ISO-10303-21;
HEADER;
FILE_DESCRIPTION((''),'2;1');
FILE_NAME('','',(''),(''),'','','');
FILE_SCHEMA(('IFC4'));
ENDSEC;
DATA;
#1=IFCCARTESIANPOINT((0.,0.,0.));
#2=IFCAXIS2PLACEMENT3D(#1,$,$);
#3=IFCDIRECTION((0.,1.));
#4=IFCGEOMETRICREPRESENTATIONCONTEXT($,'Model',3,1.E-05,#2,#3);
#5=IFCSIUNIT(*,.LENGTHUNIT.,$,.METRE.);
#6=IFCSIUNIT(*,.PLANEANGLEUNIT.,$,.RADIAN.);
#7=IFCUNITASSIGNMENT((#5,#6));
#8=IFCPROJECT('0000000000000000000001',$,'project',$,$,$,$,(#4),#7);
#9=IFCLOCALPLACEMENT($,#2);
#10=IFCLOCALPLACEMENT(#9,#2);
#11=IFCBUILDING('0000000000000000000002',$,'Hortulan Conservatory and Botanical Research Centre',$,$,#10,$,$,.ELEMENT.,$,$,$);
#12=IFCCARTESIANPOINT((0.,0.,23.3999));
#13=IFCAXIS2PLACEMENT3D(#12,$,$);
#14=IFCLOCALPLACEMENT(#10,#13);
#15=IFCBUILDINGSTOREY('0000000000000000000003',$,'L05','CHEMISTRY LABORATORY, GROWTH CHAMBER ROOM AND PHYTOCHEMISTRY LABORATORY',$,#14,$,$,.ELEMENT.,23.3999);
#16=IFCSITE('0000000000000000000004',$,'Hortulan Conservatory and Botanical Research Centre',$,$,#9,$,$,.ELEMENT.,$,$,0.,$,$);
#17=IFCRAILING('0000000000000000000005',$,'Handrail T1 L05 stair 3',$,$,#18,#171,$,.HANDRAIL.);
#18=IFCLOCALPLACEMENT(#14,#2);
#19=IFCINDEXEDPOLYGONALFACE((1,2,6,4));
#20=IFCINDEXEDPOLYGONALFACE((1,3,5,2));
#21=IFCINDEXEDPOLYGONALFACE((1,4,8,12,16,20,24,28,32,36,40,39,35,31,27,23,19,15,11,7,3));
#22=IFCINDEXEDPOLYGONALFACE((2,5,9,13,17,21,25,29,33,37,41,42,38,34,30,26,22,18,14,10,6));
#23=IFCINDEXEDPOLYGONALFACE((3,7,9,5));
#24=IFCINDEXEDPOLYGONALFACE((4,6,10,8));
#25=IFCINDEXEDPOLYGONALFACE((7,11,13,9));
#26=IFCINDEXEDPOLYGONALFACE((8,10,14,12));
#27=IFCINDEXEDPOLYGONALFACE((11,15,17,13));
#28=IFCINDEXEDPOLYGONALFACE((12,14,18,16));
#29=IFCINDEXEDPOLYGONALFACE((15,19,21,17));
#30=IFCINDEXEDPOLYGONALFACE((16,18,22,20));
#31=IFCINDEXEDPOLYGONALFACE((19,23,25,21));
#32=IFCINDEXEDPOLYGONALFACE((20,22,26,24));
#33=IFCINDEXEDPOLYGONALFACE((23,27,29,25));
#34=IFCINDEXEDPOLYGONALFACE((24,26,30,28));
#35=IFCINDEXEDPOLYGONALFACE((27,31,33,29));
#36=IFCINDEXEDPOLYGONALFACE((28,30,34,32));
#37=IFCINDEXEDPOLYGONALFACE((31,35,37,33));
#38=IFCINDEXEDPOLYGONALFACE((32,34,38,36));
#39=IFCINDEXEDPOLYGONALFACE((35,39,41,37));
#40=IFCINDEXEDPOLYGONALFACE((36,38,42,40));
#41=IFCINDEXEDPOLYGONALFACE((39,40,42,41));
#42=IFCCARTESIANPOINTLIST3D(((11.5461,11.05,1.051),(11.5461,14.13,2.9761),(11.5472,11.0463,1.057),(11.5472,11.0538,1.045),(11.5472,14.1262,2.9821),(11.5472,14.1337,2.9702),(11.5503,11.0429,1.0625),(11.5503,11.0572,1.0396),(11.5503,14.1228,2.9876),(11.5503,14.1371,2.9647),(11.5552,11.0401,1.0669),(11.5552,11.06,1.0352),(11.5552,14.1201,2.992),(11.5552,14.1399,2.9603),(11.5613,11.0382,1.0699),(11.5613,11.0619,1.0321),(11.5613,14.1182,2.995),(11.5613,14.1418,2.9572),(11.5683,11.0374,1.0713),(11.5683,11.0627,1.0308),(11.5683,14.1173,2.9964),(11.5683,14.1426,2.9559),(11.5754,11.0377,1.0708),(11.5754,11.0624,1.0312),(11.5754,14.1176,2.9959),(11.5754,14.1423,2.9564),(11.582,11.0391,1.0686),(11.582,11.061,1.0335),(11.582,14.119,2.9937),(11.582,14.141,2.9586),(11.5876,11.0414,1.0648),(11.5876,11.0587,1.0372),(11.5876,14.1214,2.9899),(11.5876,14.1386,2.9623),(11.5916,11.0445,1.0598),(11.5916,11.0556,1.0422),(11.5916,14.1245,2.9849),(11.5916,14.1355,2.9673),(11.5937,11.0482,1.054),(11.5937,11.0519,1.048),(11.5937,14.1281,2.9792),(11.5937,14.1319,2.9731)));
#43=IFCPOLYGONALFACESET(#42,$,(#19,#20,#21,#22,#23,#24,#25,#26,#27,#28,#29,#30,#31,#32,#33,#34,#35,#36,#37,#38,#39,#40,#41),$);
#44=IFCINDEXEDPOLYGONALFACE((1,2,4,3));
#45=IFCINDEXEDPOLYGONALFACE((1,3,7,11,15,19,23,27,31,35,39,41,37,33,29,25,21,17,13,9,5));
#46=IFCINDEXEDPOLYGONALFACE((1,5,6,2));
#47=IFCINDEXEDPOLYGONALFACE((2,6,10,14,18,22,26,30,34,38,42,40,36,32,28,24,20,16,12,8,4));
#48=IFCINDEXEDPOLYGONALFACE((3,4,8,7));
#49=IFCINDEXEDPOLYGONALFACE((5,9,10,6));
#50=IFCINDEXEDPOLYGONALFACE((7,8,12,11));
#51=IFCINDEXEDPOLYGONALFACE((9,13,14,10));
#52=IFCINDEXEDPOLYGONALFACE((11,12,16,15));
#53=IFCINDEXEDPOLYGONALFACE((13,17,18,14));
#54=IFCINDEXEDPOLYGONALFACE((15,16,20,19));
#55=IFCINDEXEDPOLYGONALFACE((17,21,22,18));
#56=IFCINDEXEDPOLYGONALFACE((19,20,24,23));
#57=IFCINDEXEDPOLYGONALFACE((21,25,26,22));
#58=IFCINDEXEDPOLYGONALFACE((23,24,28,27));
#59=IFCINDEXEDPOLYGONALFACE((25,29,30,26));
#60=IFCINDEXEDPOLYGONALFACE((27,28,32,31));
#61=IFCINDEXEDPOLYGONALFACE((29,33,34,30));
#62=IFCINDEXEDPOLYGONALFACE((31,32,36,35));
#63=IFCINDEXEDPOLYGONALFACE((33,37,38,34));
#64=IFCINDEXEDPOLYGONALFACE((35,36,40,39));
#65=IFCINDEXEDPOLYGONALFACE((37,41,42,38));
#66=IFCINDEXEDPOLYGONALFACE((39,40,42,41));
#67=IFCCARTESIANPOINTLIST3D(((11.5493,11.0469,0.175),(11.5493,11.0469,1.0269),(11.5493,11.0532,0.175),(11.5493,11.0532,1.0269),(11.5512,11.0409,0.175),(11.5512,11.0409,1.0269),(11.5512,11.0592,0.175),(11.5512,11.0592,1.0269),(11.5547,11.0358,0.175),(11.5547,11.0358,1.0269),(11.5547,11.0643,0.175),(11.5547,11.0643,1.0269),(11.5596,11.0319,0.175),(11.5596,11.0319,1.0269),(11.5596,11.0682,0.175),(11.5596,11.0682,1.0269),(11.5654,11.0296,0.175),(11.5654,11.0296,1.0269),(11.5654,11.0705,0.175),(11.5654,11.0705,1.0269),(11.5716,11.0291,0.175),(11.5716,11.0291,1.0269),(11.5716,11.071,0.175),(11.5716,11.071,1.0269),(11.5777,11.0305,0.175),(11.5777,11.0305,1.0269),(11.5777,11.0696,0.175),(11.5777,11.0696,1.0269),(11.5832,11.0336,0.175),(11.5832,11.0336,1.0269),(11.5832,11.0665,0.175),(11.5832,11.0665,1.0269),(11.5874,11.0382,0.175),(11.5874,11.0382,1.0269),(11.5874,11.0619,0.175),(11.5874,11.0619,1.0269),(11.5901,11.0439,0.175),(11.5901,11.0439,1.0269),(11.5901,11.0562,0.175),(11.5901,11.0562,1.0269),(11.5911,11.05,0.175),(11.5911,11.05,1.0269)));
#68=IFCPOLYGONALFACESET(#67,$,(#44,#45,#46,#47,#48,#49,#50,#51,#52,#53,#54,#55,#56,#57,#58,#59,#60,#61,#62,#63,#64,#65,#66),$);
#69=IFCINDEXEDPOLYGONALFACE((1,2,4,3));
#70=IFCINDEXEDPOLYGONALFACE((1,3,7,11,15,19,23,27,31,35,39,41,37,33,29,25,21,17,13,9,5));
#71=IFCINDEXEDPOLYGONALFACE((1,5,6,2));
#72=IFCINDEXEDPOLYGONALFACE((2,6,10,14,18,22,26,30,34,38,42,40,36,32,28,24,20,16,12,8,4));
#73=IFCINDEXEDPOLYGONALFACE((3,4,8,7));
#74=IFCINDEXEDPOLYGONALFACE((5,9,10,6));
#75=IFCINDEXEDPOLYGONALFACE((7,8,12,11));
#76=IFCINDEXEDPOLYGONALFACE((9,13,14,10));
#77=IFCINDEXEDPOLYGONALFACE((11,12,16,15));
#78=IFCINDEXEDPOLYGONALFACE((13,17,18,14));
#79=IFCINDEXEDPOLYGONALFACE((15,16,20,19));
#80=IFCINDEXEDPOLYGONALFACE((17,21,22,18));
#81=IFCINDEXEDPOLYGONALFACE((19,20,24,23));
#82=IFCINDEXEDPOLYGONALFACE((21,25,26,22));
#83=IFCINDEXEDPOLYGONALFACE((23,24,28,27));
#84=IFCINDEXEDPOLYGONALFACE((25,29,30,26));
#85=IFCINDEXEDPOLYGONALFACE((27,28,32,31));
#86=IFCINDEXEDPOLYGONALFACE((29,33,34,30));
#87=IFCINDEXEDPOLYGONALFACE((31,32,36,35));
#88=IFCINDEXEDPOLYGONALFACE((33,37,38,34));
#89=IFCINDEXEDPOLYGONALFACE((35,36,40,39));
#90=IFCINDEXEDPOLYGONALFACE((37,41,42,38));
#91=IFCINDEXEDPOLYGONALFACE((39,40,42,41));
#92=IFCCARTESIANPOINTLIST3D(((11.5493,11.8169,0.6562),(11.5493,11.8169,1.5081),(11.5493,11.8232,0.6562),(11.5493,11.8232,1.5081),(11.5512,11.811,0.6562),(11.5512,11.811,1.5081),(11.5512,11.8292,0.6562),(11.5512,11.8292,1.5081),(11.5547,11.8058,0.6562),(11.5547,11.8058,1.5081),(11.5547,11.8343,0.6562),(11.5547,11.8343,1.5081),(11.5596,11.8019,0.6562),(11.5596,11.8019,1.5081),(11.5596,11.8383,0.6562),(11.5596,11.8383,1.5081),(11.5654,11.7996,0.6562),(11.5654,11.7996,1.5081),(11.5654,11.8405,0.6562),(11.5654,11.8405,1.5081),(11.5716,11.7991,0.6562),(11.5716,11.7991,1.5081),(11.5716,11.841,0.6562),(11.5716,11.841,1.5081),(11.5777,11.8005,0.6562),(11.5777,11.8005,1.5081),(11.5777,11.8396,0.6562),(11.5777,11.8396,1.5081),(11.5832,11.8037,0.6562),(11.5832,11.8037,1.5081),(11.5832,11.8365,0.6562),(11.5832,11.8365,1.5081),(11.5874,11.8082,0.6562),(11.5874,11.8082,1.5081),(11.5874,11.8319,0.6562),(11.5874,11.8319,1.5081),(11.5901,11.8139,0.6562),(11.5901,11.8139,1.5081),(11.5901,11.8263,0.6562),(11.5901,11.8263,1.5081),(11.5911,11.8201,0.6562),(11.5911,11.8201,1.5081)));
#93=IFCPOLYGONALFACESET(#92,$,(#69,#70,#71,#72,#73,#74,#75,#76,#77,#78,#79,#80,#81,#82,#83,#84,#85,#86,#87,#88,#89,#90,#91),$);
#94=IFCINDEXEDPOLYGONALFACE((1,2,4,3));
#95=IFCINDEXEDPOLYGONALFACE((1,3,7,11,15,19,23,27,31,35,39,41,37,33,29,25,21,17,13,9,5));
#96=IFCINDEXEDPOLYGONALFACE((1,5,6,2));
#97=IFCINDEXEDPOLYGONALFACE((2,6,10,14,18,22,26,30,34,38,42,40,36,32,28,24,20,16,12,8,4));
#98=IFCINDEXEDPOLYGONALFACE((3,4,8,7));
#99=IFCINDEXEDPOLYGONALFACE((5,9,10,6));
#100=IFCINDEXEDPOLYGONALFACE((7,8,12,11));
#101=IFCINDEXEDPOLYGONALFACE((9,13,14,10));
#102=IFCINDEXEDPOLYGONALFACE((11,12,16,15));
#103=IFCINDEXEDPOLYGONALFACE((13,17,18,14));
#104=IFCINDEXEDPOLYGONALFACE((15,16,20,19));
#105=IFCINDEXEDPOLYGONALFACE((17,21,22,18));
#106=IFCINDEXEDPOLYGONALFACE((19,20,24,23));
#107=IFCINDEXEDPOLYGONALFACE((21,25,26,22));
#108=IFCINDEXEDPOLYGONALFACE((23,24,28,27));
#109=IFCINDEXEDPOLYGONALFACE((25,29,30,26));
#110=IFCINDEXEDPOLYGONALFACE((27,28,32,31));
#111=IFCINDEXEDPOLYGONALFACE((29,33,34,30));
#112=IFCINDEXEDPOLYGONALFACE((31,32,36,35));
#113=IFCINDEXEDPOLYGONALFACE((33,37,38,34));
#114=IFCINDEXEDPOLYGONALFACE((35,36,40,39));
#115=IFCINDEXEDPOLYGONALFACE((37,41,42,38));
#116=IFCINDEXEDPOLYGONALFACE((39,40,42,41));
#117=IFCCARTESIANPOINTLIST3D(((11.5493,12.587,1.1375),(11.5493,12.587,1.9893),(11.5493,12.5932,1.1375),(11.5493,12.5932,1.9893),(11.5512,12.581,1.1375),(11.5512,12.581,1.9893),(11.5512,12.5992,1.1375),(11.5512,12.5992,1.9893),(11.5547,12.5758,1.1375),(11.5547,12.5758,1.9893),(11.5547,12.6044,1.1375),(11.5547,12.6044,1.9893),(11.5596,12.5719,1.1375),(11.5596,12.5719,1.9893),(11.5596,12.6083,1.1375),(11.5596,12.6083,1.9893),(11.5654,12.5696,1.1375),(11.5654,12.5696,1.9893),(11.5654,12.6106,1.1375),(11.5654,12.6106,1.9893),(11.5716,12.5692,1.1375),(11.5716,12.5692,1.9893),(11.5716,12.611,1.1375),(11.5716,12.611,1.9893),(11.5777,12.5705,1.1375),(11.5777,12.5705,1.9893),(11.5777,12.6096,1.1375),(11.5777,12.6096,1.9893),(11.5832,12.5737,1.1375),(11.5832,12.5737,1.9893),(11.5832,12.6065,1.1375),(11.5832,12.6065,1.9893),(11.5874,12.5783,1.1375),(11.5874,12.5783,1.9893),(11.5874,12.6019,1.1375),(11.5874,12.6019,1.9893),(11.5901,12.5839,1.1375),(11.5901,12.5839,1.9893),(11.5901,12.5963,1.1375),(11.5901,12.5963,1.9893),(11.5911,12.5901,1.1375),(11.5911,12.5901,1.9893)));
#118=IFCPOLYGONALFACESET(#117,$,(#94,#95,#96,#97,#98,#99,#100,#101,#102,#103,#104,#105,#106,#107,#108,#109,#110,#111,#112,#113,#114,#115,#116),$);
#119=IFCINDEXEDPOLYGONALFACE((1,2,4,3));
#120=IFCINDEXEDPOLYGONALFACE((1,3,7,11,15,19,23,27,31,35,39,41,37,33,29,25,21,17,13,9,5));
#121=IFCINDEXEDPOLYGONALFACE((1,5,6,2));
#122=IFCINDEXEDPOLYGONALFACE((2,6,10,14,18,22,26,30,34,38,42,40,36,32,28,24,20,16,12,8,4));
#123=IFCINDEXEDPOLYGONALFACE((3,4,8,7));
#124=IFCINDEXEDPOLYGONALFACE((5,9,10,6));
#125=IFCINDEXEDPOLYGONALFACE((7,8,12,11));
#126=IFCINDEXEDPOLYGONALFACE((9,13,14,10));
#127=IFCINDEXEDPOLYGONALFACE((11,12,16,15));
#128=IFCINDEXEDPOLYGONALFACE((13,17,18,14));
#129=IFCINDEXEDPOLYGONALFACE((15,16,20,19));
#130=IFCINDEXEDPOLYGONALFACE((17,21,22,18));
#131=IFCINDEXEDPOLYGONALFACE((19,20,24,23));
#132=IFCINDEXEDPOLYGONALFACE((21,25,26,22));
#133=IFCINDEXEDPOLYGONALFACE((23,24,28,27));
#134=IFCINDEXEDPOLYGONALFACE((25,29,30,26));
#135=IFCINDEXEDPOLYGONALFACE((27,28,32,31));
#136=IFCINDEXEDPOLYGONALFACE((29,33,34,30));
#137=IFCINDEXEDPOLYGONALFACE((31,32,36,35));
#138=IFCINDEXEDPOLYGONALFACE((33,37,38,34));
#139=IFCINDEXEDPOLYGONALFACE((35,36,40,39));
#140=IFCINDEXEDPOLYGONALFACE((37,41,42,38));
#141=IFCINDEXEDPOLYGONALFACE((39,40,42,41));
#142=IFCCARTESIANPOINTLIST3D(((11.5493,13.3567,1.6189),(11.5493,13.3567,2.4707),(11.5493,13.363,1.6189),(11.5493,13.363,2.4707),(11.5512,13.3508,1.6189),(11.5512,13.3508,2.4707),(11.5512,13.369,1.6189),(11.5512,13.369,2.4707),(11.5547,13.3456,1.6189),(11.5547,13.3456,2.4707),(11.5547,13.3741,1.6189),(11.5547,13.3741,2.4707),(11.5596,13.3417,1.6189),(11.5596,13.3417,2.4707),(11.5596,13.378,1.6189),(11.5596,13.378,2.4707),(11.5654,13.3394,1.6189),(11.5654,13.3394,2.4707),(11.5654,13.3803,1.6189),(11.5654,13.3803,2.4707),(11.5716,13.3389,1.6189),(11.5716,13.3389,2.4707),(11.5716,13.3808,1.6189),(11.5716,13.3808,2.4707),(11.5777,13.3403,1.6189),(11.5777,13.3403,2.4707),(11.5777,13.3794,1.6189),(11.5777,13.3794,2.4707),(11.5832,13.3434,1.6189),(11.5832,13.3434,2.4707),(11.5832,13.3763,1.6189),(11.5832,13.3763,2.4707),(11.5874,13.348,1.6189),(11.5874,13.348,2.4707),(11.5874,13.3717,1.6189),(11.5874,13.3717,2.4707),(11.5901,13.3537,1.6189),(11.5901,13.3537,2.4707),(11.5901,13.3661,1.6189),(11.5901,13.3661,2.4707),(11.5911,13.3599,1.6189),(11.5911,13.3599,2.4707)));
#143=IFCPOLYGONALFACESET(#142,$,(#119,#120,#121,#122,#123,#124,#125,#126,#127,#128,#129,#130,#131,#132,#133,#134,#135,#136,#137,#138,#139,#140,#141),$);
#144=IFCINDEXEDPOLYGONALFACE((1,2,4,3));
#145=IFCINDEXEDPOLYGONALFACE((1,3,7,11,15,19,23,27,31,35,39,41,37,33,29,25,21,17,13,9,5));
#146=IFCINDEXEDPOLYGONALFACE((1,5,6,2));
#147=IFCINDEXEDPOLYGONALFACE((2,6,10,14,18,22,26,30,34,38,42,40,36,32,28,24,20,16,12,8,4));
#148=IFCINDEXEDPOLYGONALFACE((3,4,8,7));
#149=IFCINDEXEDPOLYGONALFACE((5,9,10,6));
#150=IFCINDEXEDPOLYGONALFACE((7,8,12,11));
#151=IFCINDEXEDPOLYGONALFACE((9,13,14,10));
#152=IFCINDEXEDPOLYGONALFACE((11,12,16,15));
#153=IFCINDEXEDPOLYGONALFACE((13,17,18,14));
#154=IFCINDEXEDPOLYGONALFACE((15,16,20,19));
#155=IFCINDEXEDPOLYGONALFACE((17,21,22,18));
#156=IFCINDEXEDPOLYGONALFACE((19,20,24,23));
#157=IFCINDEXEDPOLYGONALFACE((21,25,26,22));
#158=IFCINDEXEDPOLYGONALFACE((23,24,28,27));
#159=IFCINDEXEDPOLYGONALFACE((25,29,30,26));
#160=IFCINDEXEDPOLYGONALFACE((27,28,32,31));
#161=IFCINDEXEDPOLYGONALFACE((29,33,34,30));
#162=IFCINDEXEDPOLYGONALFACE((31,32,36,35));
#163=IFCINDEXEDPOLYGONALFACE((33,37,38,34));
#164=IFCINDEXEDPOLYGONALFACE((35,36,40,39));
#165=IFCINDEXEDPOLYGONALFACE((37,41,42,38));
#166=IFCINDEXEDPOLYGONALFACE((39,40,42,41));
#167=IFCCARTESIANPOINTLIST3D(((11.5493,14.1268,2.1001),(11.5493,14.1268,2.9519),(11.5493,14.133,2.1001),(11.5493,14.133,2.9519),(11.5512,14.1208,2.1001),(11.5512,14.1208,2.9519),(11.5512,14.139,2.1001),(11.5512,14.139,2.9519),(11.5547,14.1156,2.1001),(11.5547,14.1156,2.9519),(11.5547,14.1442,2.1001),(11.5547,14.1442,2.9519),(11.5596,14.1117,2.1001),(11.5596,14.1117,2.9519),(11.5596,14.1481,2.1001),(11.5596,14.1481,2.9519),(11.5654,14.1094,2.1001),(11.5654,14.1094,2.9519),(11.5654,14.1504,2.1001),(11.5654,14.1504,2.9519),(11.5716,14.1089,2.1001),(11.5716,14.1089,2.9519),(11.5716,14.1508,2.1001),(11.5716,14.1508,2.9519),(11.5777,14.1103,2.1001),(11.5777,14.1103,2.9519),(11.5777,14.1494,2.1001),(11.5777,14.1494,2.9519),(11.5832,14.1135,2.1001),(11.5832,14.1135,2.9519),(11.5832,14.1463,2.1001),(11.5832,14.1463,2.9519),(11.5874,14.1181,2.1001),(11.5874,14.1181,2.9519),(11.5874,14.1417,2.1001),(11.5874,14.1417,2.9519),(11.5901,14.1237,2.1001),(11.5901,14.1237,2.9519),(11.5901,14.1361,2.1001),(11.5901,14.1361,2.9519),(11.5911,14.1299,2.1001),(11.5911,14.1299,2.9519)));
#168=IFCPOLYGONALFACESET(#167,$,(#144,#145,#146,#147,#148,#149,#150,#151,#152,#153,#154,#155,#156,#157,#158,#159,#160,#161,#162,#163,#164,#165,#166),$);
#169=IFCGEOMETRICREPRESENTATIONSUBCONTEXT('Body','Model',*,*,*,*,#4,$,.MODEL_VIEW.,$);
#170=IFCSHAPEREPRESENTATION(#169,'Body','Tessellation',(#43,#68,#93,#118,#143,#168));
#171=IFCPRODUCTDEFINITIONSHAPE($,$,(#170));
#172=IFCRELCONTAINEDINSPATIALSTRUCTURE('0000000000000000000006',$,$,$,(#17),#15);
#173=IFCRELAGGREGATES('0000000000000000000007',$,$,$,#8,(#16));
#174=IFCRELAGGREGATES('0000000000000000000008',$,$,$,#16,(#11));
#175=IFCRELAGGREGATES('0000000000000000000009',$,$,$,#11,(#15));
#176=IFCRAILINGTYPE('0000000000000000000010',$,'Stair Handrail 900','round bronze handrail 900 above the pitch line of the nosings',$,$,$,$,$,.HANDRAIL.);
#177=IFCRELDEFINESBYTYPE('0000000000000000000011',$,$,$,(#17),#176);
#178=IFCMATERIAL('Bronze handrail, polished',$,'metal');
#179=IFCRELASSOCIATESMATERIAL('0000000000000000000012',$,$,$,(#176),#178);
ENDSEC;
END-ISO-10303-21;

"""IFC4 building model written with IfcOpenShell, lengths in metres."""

from ifc_helpers import new_model, si_unit, direction, frame, origin, origin_2d, place, context, subcontext, project, spatial, circle, extrude, material, type_object, element, save


model = new_model("IFC4")

# Units and contexts
model_context = context("Model", 3, precision=1e-05, world=origin(), true_north=direction((0.0, 1.0)))
body_context = subcontext(model_context, "Body", "Model", "MODEL_VIEW")
ifc_project = project(units=[si_unit("LENGTHUNIT", "METRE"), si_unit("PLANEANGLEUNIT", "RADIAN")], contexts=[model_context])

# Site, building, storey
site_placement = place(None, origin())
site = spatial("IfcSite", under=ifc_project, at=site_placement, Name="Hortulan Conservatory and Botanical Research Centre", CompositionType="ELEMENT", RefElevation=0.0)
building_placement = place(site_placement, origin())
building = spatial("IfcBuilding", under=site, at=building_placement, Name="Hortulan Conservatory and Botanical Research Centre", CompositionType="ELEMENT")
storey_placement = place(building_placement, frame((0.0, 0.0, 23.3999)))
storey = spatial("IfcBuildingStorey", under=building, at=storey_placement, Name="L05", Description="CHEMISTRY LABORATORY, GROWTH CHAMBER ROOM AND PHYTOCHEMISTRY LABORATORY", CompositionType="ELEMENT", Elevation=23.3999)

# Railing
ifc_material_1 = material(Name="Bronze handrail, polished", Category="metal")
railing_type_1 = type_object("IfcRailingType", Name="Stair Handrail 900", Description="round bronze handrail 900 above the pitch line of the nosings", PredefinedType="HANDRAIL", material=ifc_material_1)
railing_1_placement = place(storey_placement, frame((11.5701, 11.05, 0.175)))
element("IfcRailing", 1, at=railing_1_placement, inside=storey, type_object=railing_type_1, Name="Handrail T1 L05 stair 3", PredefinedType="HANDRAIL", context=body_context, shape_type="SweptSolid", body=[
    extrude(circle(Radius=0.0239, at=origin_2d()), frame((0.0, 0.0, 0.876), z_axis=(0.0, 0.847979, 0.530029), x_axis=(-1.0, 0.0, 0.0)), (0.0, 0.0, 1.0), 3.6321),
    extrude(circle(Radius=0.021, at=origin_2d()), origin(), (0.0, 0.0, 1.0), 0.8518),
    extrude(circle(Radius=0.021, at=origin_2d()), frame((0.0, 0.77, 0.4812)), (0.0, 0.0, 1.0), 0.8518),
    extrude(circle(Radius=0.021, at=origin_2d()), frame((0.0, 1.54, 0.9624)), (0.0, 0.0, 1.0), 0.8518),
    extrude(circle(Radius=0.021, at=origin_2d()), frame((0.0, 2.3098, 1.4438)), (0.0, 0.0, 1.0), 0.8518),
    extrude(circle(Radius=0.021, at=origin_2d()), frame((0.0, 3.0798, 1.925)), (0.0, 0.0, 1.0), 0.8518),
])

save(model, "model.ifc")
